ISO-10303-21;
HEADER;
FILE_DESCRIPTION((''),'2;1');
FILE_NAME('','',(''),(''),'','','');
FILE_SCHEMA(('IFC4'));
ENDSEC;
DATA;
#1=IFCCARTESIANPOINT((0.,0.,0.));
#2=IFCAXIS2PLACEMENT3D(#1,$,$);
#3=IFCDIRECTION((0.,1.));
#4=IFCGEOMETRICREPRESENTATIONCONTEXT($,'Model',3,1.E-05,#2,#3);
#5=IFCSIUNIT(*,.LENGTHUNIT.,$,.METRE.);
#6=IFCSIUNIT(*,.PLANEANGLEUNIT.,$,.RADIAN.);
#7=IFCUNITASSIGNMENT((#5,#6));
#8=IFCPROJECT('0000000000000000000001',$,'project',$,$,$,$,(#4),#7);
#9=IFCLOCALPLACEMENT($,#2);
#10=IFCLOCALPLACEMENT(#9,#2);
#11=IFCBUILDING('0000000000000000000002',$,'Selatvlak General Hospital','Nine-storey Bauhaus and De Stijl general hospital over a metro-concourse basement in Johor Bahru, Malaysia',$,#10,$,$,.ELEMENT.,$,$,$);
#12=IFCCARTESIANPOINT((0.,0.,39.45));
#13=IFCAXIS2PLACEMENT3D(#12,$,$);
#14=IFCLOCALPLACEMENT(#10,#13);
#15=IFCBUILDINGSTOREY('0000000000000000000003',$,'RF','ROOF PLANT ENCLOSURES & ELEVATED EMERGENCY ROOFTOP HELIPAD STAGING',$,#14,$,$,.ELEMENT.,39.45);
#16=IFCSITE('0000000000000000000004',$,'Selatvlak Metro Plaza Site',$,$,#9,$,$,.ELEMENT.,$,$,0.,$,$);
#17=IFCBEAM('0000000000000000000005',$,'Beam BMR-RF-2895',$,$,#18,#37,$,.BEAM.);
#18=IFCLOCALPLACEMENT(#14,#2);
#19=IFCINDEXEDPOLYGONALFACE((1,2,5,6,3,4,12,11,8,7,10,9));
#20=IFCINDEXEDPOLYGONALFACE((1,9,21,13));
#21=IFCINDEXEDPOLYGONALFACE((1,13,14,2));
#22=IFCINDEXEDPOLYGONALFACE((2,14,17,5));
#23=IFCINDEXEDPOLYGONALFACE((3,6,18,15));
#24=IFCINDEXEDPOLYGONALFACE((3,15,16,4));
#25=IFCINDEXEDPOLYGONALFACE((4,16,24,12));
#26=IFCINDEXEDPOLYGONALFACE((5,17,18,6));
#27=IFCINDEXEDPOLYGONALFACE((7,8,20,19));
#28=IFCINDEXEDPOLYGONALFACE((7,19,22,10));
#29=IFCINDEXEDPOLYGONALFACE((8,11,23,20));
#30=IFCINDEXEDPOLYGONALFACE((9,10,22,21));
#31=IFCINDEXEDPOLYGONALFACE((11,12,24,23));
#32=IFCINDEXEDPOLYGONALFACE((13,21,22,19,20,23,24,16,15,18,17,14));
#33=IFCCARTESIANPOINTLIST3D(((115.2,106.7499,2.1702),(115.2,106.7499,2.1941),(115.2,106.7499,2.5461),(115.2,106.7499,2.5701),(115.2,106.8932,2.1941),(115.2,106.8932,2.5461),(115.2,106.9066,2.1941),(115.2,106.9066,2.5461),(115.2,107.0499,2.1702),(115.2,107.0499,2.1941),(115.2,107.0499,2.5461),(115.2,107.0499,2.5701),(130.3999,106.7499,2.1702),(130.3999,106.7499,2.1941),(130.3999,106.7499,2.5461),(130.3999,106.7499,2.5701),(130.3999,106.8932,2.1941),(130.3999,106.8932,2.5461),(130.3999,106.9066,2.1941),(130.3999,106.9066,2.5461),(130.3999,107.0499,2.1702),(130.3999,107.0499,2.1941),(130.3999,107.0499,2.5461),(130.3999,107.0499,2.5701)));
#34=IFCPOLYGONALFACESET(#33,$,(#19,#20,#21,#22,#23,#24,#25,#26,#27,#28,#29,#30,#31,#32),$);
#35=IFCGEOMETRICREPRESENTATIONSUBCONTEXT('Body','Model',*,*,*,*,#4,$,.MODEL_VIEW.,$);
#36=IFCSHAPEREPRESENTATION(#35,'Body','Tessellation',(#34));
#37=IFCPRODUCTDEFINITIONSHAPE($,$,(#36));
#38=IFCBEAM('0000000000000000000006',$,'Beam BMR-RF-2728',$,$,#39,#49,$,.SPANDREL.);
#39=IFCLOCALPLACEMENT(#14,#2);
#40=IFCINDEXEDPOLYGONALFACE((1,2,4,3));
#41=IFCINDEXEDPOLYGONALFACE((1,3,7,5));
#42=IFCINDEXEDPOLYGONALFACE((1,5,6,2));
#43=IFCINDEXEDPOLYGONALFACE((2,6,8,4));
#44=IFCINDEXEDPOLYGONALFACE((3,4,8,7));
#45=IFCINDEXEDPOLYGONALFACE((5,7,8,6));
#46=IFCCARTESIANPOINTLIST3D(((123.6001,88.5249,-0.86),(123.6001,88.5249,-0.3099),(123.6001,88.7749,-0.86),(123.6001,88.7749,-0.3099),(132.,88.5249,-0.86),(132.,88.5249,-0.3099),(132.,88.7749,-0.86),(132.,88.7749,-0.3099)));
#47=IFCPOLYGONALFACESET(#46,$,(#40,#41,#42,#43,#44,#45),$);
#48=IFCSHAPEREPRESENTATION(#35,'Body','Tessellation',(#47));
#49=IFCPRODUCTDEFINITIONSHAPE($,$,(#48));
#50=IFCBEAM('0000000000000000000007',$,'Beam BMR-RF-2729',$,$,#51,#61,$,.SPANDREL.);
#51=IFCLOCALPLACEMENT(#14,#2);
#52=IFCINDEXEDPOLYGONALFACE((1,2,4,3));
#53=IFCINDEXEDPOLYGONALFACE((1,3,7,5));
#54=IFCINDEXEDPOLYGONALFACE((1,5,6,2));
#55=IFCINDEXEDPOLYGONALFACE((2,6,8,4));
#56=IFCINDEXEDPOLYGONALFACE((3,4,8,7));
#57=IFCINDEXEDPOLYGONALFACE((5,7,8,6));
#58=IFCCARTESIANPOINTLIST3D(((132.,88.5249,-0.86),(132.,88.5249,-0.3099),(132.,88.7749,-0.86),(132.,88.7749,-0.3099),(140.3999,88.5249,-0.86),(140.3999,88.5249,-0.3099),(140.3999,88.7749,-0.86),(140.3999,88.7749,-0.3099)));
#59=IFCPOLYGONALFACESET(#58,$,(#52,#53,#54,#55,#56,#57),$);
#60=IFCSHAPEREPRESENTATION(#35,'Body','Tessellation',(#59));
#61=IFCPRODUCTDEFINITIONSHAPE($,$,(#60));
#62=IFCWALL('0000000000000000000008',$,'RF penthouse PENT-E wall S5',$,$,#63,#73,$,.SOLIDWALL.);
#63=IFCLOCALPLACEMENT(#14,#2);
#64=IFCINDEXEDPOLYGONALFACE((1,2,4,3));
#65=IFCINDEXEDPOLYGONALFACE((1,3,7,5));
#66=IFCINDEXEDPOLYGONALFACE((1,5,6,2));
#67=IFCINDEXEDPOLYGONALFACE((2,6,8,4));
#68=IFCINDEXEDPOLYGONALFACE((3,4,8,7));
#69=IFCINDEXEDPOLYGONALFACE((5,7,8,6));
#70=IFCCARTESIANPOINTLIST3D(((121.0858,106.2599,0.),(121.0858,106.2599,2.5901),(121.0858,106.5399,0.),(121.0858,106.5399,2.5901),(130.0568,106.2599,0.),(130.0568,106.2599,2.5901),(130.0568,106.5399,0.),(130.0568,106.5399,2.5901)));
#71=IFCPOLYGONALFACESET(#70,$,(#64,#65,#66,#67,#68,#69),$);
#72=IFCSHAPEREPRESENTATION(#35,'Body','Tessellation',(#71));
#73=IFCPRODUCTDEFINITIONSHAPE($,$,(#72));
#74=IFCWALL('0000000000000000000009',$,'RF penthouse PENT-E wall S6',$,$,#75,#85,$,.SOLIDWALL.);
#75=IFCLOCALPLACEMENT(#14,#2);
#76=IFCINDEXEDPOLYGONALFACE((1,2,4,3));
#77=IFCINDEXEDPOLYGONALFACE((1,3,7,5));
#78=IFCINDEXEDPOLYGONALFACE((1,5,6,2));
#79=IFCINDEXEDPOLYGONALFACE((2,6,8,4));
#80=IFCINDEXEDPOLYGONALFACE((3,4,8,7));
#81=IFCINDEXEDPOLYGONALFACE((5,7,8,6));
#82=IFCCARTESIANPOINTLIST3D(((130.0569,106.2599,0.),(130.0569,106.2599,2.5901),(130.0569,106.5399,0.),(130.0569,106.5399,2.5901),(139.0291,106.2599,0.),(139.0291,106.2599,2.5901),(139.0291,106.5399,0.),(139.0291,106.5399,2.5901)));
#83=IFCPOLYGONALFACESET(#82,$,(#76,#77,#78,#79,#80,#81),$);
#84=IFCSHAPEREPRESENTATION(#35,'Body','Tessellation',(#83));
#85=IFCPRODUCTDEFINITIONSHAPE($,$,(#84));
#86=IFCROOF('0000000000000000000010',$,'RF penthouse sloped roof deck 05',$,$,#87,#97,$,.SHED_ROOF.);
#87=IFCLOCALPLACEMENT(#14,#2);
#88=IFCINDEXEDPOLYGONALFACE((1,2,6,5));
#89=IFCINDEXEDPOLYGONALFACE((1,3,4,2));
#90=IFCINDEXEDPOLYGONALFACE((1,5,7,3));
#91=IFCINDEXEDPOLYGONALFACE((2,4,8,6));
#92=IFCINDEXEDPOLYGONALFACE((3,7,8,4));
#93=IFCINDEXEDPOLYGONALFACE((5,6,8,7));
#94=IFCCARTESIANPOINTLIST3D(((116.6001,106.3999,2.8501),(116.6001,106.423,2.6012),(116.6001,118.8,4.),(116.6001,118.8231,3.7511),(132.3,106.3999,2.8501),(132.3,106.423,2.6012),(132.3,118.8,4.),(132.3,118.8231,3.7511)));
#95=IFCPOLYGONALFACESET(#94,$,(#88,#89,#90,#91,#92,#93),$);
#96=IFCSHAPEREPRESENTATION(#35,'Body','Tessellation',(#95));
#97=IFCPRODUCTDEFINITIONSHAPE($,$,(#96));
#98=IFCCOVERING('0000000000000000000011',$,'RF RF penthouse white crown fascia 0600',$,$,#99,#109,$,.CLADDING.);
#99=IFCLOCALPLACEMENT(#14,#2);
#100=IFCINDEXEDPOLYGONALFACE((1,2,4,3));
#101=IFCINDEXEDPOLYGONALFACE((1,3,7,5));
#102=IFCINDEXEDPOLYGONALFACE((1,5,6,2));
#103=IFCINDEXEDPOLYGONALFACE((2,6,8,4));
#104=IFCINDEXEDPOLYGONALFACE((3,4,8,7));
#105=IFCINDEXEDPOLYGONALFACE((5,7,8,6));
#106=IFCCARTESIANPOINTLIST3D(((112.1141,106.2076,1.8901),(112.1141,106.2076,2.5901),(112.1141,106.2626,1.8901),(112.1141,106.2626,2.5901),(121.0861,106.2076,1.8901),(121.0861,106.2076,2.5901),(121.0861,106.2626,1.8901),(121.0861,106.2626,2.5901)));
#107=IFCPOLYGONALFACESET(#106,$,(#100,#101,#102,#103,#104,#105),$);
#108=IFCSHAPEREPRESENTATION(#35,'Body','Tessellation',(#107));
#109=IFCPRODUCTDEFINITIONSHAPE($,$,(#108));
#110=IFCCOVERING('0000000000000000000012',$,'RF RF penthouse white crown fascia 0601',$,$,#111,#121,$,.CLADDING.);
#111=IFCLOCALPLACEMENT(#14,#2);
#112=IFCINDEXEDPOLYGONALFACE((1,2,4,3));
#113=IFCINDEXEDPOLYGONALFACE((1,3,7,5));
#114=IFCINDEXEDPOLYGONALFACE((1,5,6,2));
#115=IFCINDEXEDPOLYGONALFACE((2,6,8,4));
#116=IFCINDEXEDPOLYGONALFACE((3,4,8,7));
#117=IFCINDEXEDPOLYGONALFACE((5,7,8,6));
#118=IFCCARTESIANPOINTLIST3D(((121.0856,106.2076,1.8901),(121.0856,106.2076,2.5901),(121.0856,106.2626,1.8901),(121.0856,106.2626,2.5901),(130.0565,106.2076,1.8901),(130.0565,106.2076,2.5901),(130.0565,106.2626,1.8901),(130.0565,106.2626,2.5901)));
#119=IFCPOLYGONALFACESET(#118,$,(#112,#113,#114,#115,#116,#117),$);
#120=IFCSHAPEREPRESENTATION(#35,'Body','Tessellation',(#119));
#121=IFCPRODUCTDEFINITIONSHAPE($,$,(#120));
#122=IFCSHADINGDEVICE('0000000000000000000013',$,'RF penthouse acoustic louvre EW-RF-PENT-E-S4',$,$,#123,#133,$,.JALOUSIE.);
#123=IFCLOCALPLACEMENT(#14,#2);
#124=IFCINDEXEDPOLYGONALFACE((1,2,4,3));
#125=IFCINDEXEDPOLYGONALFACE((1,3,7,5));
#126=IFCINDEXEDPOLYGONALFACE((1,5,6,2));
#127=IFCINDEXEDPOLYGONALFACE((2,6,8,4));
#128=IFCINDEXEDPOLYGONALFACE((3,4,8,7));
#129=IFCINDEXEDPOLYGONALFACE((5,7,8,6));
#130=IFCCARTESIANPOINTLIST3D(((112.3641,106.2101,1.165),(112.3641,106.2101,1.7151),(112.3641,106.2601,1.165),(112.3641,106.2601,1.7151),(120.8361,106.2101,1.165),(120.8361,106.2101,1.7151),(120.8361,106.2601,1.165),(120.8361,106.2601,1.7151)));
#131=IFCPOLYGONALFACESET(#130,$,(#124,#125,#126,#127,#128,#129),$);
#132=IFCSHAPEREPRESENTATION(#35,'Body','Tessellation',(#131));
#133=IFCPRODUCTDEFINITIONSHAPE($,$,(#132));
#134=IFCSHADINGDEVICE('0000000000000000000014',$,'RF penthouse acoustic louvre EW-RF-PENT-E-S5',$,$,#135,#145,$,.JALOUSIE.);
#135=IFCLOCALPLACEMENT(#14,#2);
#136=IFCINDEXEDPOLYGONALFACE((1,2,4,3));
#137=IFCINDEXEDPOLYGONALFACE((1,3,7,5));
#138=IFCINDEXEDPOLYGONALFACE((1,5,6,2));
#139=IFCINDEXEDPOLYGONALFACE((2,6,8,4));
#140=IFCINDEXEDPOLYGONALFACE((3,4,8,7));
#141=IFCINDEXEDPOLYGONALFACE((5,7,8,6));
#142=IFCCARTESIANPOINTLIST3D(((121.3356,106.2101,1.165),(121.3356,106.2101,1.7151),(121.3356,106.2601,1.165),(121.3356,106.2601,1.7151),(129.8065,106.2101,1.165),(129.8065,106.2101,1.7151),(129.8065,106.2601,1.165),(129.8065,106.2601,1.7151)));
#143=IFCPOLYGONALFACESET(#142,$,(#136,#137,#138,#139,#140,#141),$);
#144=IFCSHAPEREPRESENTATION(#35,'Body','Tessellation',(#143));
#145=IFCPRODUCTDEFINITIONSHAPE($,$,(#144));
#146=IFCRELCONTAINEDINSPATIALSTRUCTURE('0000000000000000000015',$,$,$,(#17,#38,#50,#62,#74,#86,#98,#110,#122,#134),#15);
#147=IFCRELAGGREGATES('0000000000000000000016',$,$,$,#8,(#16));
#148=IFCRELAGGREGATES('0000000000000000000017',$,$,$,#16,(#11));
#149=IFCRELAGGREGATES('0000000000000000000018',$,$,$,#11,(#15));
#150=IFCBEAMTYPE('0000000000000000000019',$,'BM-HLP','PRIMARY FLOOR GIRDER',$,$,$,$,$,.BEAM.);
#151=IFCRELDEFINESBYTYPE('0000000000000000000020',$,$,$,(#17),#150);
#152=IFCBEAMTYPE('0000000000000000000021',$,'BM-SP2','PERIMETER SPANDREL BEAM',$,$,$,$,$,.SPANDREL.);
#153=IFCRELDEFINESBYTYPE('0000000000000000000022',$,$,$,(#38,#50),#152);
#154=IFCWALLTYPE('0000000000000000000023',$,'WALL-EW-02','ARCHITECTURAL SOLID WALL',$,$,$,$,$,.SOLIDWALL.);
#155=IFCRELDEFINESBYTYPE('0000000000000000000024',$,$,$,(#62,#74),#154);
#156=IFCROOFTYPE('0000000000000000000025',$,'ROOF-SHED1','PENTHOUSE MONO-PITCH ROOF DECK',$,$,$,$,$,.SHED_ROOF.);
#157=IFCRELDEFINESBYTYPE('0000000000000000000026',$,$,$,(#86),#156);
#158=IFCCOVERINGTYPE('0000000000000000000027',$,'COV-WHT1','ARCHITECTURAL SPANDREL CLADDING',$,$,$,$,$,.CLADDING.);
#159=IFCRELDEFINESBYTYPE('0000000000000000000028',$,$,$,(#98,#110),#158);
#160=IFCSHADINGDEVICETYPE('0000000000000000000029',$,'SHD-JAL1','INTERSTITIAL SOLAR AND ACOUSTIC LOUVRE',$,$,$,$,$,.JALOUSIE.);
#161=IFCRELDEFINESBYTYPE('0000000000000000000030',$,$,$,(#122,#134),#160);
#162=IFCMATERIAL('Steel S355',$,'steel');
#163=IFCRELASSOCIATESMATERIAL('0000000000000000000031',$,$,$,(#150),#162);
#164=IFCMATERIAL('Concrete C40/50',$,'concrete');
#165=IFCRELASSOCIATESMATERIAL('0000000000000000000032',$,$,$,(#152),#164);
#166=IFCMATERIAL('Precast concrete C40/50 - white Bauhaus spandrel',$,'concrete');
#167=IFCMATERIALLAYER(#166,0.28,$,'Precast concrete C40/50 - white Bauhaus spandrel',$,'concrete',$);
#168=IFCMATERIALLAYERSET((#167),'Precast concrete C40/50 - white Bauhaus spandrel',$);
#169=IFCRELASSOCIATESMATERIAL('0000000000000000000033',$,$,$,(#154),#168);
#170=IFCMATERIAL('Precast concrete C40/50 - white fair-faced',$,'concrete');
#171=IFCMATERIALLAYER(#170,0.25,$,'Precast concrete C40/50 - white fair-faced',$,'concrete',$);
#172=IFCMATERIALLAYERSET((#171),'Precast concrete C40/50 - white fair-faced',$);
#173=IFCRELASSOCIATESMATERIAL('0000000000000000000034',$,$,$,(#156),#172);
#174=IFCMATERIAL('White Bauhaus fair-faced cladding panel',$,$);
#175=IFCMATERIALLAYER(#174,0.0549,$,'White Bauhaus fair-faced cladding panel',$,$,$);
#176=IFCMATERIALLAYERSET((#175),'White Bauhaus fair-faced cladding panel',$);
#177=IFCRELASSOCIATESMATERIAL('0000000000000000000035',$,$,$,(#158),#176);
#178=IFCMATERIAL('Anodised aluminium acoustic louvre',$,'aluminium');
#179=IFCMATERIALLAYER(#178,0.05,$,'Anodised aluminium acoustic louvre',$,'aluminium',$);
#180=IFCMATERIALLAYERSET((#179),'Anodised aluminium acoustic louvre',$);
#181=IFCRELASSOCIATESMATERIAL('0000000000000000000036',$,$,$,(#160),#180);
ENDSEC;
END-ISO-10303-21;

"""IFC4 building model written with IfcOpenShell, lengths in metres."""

from ifc_helpers import new_model, si_unit, direction, frame, frame_2d, origin, origin_2d, place, context, subcontext, project, spatial, polyline, rectangle, i_section, outline, extrude, material, layer, layer_set, material_profile, profile_set, type_object, element, save


model = new_model("IFC4")

# Units and contexts
model_context = context("Model", 3, precision=1e-05, world=origin(), true_north=direction((0.0, 1.0)))
body_context = subcontext(model_context, "Body", "Model", "MODEL_VIEW")
ifc_project = project(units=[si_unit("LENGTHUNIT", "METRE"), si_unit("PLANEANGLEUNIT", "RADIAN")], contexts=[model_context])

# Site, building, storey
site_placement = place(None, origin())
site = spatial("IfcSite", under=ifc_project, at=site_placement, Name="Selatvlak Metro Plaza Site", CompositionType="ELEMENT", RefElevation=0.0)
building_placement = place(site_placement, origin())
building = spatial("IfcBuilding", under=site, at=building_placement, Name="Selatvlak General Hospital", Description="Nine-storey Bauhaus and De Stijl general hospital over a metro-concourse basement in Johor Bahru, Malaysia", CompositionType="ELEMENT")
storey_placement = place(building_placement, frame((0.0, 0.0, 39.45)))
storey = spatial("IfcBuildingStorey", under=building, at=storey_placement, Name="RF", Description="ROOF PLANT ENCLOSURES & ELEVATED EMERGENCY ROOFTOP HELIPAD STAGING", CompositionType="ELEMENT", Elevation=39.45)

# Beams
ifc_material_1 = material(Name="Concrete C40/50", Category="concrete")
ifc_material_2 = material(Name="Steel S355", Category="steel")
ifc_material_profile_1 = material_profile(ifc_material_2, i_section(OverallWidth=0.3, OverallDepth=0.3999, WebThickness=0.0134, FlangeThickness=0.0239, at=origin_2d()), Name="HEB 400")
ifc_profile_set_1 = profile_set([ifc_material_profile_1], Name="Steel S355")
beam_type_1 = type_object("IfcBeamType", Name="BM-HLP", Description="PRIMARY FLOOR GIRDER", PredefinedType="BEAM", material=ifc_profile_set_1)
beam_1_placement = place(storey_placement, frame((115.2, 106.8999, 2.3701), z_axis=(1.0, 0.0, 0.0), x_axis=(0.0, 1.0, 0.0)))
element("IfcBeam", 1, at=beam_1_placement, inside=storey, type_object=beam_type_1, Name="Beam BMR-RF-2895", PredefinedType="BEAM", context=body_context, shape_type="SweptSolid", body=[
    extrude(i_section(OverallWidth=0.3, OverallDepth=0.3999, WebThickness=0.0134, FlangeThickness=0.0239, at=origin_2d()), origin(), (0.0, 0.0, 1.0), 15.2),
])
ifc_material_profile_2 = material_profile(ifc_material_1, rectangle(XDim=0.25, YDim=0.55, at=origin_2d()), Name="RC-SP 250x550")
ifc_profile_set_2 = profile_set([ifc_material_profile_2], Name="Concrete C40/50")
beam_type_2 = type_object("IfcBeamType", Name="BM-SP2", Description="PERIMETER SPANDREL BEAM", PredefinedType="SPANDREL", material=ifc_profile_set_2)
for number, where, z_axis, x_axis, name in (
    (2, (123.6001, 88.6499, -0.585), (1.0, 0.0, 0.0), (0.0, 1.0, 0.0), "Beam BMR-RF-2728"),
    (3, (132.0, 88.6499, -0.585), (1.0, 0.0, 0.0), (0.0, 1.0, 0.0), "Beam BMR-RF-2729"),
):
    element("IfcBeam", number, at=place(storey_placement, frame(where, z_axis=z_axis, x_axis=x_axis)), inside=storey, type_object=beam_type_2, Name=name, PredefinedType="SPANDREL", context=body_context, shape_type="SweptSolid", body=[
        extrude(rectangle(XDim=0.25, YDim=0.55, at=origin_2d()), origin(), (0.0, 0.0, 1.0), 8.3999),
    ])

# Walls
ifc_material_3 = material(Name="Precast concrete C40/50 - white Bauhaus spandrel", Category="concrete")
ifc_layer_1 = layer(ifc_material_3, 0.28, Name="Precast concrete C40/50 - white Bauhaus spandrel", Category="concrete")
ifc_layer_set_1 = layer_set([ifc_layer_1], Name="Precast concrete C40/50 - white Bauhaus spandrel")
wall_type = type_object("IfcWallType", Name="WALL-EW-02", Description="ARCHITECTURAL SOLID WALL", PredefinedType="SOLIDWALL", material=ifc_layer_set_1)
wall_1_placement = place(storey_placement, frame((121.0859, 106.3999, 0.0), z_axis=(0.0, 0.0, 1.0), x_axis=(1.0, 0.0, 0.0)))
element("IfcWall", 4, at=wall_1_placement, inside=storey, type_object=wall_type, Name="RF penthouse PENT-E wall S5", PredefinedType="SOLIDWALL", context=body_context, shape_type="SweptSolid", body=[
    extrude(rectangle(XDim=8.9709, YDim=0.28, at=frame_2d((4.4854, 0.0))), origin(), (0.0, 0.0, 1.0), 2.5901),
])
wall_2_placement = place(storey_placement, frame((130.0569, 106.3999, 0.0), z_axis=(0.0, 0.0, 1.0), x_axis=(1.0, 0.0, 0.0)))
element("IfcWall", 5, at=wall_2_placement, inside=storey, type_object=wall_type, Name="RF penthouse PENT-E wall S6", PredefinedType="SOLIDWALL", context=body_context, shape_type="SweptSolid", body=[
    extrude(rectangle(XDim=8.9722, YDim=0.28, at=frame_2d((4.4861, 0.0))), origin(), (0.0, 0.0, 1.0), 2.5901),
])

# Roof
ifc_material_4 = material(Name="Precast concrete C40/50 - white fair-faced", Category="concrete")
ifc_layer_2 = layer(ifc_material_4, 0.25, Name="Precast concrete C40/50 - white fair-faced", Category="concrete")
ifc_layer_set_2 = layer_set([ifc_layer_2], Name="Precast concrete C40/50 - white fair-faced")
roof_type = type_object("IfcRoofType", Name="ROOF-SHED1", Description="PENTHOUSE MONO-PITCH ROOF DECK", PredefinedType="SHED_ROOF", material=ifc_layer_set_2)
roof_placement = place(storey_placement, frame((116.6001, 106.3999, 2.8501), z_axis=(0.0, -0.092337, 0.995728), x_axis=(1.0, 0.0, 0.0)))
element("IfcRoof", 6, at=roof_placement, inside=storey, type_object=roof_type, Name="RF penthouse sloped roof deck 05", PredefinedType="SHED_ROOF", context=body_context, shape_type="SweptSolid", body=[
    extrude(outline(polyline([(0.0, 0.0), (15.7, 0.0), (15.7, 12.4533), (0.0, 12.4533), (0.0, 0.0)])), origin(), (0.0, 0.0, -1.0), 0.25),
])

# Coverings
ifc_material_5 = material(Name="White Bauhaus fair-faced cladding panel")
ifc_layer_3 = layer(ifc_material_5, 0.0549, Name="White Bauhaus fair-faced cladding panel")
ifc_layer_set_3 = layer_set([ifc_layer_3], Name="White Bauhaus fair-faced cladding panel")
covering_type = type_object("IfcCoveringType", Name="COV-WHT1", Description="ARCHITECTURAL SPANDREL CLADDING", PredefinedType="CLADDING", material=ifc_layer_set_3)
covering_1_placement = place(storey_placement, frame((116.6001, 106.2351, 1.8901), z_axis=(0.0, 0.0, 1.0), x_axis=(1.0, 0.0, 0.0)))
element("IfcCovering", 7, at=covering_1_placement, inside=storey, type_object=covering_type, Name="RF RF penthouse white crown fascia 0600", PredefinedType="CLADDING", context=body_context, shape_type="SweptSolid", body=[
    extrude(rectangle(XDim=8.9719, YDim=0.0549, at=origin_2d()), origin(), (0.0, 0.0, 1.0), 0.7),
])
covering_2_placement = place(storey_placement, frame((125.571, 106.2351, 1.8901), z_axis=(0.0, 0.0, 1.0), x_axis=(1.0, 0.0, 0.0)))
element("IfcCovering", 8, at=covering_2_placement, inside=storey, type_object=covering_type, Name="RF RF penthouse white crown fascia 0601", PredefinedType="CLADDING", context=body_context, shape_type="SweptSolid", body=[
    extrude(rectangle(XDim=8.9709, YDim=0.0549, at=origin_2d()), origin(), (0.0, 0.0, 1.0), 0.7),
])

# Shading devices
ifc_material_6 = material(Name="Anodised aluminium acoustic louvre", Category="aluminium")
ifc_layer_4 = layer(ifc_material_6, 0.05, Name="Anodised aluminium acoustic louvre", Category="aluminium")
ifc_layer_set_4 = layer_set([ifc_layer_4], Name="Anodised aluminium acoustic louvre")
shading_device_type = type_object("IfcShadingDeviceType", Name="SHD-JAL1", Description="INTERSTITIAL SOLAR AND ACOUSTIC LOUVRE", PredefinedType="JALOUSIE", material=ifc_layer_set_4)
shading_device_1_placement = place(storey_placement, frame((116.6001, 106.2351, 1.165), z_axis=(0.0, 0.0, 1.0), x_axis=(1.0, 0.0, 0.0)))
element("IfcShadingDevice", 9, at=shading_device_1_placement, inside=storey, type_object=shading_device_type, Name="RF penthouse acoustic louvre EW-RF-PENT-E-S4", PredefinedType="JALOUSIE", context=body_context, shape_type="SweptSolid", body=[
    extrude(rectangle(XDim=8.4719, YDim=0.05, at=origin_2d()), origin(), (0.0, 0.0, 1.0), 0.55),
])
shading_device_2_placement = place(storey_placement, frame((125.571, 106.2351, 1.165), z_axis=(0.0, 0.0, 1.0), x_axis=(1.0, 0.0, 0.0)))
element("IfcShadingDevice", 10, at=shading_device_2_placement, inside=storey, type_object=shading_device_type, Name="RF penthouse acoustic louvre EW-RF-PENT-E-S5", PredefinedType="JALOUSIE", context=body_context, shape_type="SweptSolid", body=[
    extrude(rectangle(XDim=8.4709, YDim=0.05, at=origin_2d()), origin(), (0.0, 0.0, 1.0), 0.55),
])

save(model, "model.ifc")
